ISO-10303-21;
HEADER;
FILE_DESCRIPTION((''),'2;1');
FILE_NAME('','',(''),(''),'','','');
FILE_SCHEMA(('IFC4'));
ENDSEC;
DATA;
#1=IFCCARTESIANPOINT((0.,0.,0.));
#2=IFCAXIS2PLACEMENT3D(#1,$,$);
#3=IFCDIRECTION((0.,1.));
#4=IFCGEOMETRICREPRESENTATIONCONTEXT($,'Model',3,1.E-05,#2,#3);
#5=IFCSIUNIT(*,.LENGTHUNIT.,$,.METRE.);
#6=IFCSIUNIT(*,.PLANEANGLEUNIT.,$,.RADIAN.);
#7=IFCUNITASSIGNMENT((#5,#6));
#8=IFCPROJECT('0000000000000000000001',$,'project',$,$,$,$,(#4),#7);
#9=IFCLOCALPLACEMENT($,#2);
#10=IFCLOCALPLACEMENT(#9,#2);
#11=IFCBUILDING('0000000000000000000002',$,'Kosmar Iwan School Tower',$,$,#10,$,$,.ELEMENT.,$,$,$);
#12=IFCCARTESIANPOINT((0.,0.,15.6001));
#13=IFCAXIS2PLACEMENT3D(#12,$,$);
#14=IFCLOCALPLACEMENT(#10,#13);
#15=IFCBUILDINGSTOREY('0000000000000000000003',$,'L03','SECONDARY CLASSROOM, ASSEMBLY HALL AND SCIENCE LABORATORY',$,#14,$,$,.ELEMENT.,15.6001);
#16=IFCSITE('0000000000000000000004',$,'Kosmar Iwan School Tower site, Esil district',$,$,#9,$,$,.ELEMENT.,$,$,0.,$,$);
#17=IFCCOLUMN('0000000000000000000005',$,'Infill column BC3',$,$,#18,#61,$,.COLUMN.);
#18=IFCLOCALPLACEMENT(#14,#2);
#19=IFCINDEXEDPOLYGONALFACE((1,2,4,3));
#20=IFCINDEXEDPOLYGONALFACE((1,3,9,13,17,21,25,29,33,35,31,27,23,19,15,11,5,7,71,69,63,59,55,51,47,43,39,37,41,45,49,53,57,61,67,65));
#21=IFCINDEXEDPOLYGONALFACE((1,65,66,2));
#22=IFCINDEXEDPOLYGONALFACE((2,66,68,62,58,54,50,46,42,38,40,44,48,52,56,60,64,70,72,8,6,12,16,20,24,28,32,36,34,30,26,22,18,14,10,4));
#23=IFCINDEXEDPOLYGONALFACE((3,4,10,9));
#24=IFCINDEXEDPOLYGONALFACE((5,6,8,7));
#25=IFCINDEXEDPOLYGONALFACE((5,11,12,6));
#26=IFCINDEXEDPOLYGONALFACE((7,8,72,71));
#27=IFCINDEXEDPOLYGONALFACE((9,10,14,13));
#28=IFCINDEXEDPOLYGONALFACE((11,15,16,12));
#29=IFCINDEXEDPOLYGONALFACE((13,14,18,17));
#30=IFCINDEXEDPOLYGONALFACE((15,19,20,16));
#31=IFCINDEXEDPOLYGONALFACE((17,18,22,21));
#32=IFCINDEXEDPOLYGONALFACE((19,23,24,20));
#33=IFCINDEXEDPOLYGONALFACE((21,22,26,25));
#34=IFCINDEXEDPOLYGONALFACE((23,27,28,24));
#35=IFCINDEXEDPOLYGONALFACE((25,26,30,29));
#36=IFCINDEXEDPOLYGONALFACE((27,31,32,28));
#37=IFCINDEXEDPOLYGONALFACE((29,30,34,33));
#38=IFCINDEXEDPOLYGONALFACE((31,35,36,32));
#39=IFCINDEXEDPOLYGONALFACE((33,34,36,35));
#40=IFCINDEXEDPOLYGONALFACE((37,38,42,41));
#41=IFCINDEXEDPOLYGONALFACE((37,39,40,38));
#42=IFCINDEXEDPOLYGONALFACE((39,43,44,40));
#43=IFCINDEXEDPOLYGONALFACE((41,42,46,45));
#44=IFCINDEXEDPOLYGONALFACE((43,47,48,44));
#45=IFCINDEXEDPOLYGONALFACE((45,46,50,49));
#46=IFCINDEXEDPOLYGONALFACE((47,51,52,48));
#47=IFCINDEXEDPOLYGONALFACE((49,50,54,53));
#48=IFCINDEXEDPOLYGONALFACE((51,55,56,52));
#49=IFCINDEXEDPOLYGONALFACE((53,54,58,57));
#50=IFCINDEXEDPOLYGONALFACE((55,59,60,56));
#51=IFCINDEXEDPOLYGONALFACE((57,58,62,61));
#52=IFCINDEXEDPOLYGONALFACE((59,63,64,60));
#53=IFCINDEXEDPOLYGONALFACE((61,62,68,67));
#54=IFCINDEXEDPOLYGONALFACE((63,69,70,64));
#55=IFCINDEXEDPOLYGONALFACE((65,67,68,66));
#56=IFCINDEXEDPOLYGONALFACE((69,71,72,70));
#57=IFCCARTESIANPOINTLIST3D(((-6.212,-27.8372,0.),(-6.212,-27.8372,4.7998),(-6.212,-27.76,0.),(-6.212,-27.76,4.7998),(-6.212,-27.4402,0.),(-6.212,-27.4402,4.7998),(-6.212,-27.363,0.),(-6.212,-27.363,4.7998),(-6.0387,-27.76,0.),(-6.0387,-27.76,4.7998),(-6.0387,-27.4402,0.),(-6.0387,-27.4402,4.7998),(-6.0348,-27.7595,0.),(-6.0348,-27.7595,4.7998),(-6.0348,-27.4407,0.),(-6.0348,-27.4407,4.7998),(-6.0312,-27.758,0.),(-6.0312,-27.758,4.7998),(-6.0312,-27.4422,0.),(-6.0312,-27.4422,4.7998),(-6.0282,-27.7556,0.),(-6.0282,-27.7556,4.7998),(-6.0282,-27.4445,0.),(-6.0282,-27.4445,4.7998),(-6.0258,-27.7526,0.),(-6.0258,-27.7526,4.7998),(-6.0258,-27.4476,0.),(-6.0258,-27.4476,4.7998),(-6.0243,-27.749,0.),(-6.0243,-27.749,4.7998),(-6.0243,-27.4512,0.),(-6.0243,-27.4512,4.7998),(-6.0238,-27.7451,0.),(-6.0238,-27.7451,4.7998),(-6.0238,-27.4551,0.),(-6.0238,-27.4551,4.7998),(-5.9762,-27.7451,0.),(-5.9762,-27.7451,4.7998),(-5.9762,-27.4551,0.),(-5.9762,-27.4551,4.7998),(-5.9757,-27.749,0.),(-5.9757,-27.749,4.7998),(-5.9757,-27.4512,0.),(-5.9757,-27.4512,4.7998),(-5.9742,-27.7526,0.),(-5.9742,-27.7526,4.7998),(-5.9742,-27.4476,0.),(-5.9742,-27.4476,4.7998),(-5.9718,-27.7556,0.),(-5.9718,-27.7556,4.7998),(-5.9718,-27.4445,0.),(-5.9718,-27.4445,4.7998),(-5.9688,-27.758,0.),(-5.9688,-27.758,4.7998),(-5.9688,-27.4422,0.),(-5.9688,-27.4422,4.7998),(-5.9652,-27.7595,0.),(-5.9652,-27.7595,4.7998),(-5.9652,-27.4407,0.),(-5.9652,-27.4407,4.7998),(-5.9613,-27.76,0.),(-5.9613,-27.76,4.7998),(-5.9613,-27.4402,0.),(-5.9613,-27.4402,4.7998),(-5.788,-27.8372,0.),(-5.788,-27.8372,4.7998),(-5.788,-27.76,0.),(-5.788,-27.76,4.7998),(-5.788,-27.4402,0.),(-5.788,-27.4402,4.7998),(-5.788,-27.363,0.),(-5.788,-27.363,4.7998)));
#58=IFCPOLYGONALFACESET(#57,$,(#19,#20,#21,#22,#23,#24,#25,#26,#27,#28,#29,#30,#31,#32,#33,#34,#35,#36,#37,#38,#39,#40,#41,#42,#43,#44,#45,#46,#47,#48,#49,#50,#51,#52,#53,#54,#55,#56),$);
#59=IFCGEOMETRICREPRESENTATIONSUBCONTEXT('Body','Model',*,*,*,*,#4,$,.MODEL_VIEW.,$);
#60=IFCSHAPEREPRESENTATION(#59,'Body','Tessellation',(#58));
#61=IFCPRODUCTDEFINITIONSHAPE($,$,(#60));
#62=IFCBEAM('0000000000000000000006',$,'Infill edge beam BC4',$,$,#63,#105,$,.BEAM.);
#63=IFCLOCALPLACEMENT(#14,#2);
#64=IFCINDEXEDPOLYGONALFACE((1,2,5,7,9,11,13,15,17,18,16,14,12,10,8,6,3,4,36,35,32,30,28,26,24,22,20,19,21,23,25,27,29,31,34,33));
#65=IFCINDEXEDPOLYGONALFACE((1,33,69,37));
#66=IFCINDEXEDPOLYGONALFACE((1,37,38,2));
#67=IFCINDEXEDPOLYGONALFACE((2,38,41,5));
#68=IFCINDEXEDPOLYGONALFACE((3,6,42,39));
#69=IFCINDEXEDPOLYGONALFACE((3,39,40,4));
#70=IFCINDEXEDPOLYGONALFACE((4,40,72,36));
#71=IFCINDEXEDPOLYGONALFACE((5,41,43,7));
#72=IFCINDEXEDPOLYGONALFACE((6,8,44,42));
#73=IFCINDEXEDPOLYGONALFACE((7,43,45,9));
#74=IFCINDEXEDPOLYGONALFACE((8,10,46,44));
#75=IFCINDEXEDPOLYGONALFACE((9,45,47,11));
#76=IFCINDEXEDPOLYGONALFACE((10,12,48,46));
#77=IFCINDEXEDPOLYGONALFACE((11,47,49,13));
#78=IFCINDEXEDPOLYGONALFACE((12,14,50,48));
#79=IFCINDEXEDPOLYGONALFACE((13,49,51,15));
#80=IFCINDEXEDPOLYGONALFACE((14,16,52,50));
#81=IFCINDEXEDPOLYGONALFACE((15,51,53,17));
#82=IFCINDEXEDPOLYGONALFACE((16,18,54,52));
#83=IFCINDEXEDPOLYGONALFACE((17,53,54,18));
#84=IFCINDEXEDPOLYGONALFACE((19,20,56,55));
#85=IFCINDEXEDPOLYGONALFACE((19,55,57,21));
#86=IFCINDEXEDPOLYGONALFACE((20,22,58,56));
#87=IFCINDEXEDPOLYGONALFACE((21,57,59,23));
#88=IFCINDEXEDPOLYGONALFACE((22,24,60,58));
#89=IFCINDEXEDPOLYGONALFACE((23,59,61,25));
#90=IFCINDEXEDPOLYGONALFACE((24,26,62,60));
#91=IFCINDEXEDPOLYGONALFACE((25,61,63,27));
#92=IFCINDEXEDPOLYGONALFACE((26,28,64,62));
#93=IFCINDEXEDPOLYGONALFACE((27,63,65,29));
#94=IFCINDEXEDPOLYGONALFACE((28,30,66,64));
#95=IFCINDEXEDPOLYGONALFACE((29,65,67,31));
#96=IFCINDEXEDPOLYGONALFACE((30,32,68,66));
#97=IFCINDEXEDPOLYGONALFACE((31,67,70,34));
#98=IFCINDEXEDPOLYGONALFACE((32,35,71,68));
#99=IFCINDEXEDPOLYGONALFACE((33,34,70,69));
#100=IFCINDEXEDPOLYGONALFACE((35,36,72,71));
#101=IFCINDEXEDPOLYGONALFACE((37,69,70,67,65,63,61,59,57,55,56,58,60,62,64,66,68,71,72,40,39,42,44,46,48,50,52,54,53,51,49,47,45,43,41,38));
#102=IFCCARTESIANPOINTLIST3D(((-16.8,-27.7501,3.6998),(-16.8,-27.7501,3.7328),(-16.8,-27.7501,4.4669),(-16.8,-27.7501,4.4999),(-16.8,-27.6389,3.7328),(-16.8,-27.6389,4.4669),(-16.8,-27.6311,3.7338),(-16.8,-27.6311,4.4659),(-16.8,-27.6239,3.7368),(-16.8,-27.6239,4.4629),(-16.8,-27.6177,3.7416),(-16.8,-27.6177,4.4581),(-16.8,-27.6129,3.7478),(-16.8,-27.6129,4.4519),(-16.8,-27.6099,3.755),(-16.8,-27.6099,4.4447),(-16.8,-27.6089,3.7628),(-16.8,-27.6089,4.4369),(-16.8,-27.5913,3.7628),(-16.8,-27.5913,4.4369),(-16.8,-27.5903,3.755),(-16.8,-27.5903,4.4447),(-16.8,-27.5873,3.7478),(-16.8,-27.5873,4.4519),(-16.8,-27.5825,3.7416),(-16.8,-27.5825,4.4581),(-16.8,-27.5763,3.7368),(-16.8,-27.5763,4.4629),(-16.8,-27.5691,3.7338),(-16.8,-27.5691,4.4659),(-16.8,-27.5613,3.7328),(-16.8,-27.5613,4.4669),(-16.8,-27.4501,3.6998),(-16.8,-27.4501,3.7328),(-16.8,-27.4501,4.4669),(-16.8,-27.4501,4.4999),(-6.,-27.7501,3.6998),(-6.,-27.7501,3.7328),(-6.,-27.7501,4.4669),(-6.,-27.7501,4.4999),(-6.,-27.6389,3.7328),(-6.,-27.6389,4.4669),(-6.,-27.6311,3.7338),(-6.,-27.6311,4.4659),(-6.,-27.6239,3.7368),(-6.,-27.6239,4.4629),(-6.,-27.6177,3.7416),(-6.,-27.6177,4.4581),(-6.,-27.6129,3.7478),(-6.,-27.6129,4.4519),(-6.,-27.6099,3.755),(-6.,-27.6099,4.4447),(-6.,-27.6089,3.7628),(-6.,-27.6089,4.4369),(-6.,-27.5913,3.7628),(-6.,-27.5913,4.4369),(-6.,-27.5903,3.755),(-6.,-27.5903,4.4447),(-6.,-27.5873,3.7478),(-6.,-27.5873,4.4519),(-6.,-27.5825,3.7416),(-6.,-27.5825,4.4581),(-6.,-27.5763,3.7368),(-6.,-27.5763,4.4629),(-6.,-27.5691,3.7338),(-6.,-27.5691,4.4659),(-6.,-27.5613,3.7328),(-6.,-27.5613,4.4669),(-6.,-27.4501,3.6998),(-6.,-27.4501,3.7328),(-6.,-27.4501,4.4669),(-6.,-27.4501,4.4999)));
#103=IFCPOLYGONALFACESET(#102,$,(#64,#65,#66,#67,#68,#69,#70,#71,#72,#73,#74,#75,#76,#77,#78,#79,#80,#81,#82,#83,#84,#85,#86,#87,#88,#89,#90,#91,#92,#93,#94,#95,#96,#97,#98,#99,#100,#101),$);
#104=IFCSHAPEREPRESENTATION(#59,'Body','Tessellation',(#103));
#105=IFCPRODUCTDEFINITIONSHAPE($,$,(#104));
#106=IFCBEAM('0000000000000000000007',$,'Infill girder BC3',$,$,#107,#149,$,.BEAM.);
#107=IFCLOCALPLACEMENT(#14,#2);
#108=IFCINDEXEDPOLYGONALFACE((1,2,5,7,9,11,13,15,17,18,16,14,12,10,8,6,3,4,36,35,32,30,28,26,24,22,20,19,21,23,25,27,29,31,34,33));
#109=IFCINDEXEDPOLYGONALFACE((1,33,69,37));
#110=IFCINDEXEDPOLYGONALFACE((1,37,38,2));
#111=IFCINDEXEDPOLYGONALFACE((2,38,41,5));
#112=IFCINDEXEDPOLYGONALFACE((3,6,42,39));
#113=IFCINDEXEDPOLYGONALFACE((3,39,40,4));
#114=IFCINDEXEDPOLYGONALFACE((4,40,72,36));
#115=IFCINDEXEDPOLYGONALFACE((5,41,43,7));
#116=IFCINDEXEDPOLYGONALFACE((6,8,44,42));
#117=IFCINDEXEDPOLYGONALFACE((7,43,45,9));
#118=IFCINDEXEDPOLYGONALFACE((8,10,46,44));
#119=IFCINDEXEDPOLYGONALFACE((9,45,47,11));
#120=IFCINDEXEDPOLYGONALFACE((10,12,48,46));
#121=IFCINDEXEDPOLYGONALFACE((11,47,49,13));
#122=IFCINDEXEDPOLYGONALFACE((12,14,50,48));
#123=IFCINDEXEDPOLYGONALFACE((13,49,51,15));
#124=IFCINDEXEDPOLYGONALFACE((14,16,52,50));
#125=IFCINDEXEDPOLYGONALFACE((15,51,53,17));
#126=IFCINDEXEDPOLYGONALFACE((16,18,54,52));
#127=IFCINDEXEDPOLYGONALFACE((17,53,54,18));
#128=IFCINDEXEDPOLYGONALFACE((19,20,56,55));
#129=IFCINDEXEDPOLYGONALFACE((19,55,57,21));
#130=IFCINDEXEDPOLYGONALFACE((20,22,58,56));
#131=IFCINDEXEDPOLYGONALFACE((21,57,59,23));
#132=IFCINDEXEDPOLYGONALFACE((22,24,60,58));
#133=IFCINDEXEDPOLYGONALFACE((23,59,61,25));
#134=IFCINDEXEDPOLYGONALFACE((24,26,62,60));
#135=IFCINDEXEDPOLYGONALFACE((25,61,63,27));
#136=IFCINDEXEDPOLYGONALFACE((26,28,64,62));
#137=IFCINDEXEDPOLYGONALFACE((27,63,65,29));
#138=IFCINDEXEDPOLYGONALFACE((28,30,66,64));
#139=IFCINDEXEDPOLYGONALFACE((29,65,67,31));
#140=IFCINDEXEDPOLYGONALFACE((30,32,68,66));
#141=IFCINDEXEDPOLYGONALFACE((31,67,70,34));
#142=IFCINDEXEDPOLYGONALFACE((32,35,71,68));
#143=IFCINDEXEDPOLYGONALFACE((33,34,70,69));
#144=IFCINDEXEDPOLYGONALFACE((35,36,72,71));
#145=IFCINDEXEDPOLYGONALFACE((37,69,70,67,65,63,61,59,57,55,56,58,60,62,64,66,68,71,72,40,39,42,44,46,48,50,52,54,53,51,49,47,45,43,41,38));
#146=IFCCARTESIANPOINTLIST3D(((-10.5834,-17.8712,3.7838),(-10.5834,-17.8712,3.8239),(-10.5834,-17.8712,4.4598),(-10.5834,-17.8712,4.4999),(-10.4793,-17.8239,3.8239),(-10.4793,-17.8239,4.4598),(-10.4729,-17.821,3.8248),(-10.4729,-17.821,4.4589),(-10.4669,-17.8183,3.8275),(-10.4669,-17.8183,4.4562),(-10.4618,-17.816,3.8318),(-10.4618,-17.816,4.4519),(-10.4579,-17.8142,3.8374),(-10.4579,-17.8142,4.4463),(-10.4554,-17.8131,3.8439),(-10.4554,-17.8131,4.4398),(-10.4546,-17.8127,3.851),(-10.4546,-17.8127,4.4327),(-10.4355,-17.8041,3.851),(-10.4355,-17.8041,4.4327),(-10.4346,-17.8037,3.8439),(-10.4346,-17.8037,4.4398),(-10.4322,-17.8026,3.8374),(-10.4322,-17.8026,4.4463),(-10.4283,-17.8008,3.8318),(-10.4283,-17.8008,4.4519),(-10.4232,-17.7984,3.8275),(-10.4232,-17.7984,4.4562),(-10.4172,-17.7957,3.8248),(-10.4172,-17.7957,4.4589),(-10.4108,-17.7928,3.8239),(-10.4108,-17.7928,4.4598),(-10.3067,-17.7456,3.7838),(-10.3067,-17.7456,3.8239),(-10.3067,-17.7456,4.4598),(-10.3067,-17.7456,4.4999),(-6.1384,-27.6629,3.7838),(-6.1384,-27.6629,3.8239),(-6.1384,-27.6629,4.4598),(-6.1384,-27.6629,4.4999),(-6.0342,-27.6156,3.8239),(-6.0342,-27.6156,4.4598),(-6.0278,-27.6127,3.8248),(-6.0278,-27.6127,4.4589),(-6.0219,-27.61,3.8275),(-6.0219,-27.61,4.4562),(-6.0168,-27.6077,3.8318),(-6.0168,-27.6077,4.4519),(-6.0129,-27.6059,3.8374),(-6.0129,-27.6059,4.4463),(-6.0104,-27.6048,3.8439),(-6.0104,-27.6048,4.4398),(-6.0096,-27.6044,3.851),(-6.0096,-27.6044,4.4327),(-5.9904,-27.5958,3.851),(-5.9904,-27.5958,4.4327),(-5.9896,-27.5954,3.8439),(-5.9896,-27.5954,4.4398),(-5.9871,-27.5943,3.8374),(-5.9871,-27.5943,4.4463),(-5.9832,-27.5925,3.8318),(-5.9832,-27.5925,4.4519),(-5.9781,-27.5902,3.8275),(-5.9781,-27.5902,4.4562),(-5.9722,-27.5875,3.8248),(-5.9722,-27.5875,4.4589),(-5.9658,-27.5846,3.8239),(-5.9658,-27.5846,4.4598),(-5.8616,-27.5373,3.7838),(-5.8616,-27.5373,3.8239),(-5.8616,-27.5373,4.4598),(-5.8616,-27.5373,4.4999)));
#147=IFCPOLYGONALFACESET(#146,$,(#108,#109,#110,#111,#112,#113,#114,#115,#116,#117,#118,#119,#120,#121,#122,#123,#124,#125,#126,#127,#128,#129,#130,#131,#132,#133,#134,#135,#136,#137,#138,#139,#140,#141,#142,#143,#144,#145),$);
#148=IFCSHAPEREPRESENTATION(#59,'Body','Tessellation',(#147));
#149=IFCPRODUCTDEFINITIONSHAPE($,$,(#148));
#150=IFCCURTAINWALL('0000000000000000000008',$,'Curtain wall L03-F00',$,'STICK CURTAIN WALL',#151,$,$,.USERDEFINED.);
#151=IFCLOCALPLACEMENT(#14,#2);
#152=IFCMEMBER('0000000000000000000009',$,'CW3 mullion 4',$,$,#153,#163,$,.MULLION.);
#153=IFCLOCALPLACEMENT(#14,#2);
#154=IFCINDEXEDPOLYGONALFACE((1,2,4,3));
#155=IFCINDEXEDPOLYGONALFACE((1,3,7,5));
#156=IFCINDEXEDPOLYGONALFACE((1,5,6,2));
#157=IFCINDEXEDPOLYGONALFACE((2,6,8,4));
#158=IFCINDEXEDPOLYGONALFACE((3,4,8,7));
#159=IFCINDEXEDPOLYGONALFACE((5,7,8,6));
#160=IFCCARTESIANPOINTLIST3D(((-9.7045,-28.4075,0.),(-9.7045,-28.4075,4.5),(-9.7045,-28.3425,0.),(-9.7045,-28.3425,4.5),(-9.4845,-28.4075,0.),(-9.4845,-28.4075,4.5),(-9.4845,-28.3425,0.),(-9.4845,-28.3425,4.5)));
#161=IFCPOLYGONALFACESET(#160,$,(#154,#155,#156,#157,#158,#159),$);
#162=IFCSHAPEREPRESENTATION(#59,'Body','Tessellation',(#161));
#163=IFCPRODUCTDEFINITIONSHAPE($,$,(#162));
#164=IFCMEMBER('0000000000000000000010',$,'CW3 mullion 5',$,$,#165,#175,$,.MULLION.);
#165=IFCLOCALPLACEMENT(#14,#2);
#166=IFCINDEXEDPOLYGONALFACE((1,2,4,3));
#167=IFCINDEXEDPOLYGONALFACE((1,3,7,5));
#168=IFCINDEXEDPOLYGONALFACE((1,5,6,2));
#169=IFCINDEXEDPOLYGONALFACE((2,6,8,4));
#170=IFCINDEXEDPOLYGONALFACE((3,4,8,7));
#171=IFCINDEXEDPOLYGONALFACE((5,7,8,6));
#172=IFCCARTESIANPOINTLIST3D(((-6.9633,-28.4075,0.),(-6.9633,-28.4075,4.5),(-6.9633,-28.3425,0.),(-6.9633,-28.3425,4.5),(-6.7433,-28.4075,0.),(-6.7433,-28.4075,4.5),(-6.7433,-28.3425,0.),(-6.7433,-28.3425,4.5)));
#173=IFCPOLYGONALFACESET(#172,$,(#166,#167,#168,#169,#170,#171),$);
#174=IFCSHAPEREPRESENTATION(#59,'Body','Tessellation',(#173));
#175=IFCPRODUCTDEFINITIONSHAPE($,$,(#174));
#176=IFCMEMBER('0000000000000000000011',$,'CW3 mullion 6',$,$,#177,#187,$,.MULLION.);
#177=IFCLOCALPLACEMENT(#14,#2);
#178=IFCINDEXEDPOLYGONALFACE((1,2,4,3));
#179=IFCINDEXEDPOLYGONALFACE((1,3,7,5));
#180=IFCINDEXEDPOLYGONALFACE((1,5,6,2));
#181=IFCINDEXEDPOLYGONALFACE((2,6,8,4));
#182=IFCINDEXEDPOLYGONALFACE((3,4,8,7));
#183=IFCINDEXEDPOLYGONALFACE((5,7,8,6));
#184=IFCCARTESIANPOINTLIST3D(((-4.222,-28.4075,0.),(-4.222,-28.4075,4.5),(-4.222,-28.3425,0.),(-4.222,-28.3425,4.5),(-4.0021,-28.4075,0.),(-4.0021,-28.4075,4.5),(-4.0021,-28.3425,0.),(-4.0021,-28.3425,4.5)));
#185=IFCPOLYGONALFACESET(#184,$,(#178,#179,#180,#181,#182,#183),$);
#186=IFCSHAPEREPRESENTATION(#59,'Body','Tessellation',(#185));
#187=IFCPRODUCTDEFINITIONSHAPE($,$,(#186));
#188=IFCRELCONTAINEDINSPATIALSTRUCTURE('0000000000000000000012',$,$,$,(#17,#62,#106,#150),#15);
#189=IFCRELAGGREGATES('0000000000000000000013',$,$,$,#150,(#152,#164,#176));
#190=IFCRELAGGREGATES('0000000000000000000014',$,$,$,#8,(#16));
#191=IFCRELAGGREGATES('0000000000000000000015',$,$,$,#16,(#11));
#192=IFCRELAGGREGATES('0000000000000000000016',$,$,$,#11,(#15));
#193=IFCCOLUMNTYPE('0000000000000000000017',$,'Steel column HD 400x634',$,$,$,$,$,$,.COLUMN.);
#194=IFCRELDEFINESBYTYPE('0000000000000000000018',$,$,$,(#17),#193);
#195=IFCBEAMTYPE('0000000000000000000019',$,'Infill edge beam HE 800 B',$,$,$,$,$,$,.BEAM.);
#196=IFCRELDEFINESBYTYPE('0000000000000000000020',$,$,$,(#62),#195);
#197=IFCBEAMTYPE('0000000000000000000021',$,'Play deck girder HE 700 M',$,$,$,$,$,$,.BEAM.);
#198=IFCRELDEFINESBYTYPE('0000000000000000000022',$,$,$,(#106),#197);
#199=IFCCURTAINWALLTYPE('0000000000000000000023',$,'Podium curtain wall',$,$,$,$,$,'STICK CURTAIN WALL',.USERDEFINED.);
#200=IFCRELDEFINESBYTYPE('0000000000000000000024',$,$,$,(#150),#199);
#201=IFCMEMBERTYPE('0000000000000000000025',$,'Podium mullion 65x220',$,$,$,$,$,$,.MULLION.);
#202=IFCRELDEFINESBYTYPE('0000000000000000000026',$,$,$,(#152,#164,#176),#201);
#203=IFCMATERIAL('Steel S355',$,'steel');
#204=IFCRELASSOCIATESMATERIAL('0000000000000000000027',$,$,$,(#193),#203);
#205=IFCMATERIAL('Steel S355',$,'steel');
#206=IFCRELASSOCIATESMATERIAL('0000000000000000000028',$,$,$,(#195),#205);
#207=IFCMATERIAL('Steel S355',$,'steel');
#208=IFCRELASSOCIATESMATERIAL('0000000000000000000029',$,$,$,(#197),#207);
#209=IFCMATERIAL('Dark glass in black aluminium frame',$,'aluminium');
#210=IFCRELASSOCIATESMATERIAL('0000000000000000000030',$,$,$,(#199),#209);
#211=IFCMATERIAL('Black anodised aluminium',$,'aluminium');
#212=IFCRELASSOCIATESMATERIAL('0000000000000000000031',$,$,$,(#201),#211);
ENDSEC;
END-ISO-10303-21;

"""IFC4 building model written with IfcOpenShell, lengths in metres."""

from ifc_helpers import new_model, si_unit, direction, frame, origin, origin_2d, place, context, subcontext, project, spatial, rectangle, i_section, extrude, material, material_profile, profile_set, type_object, element, aggregate, save


model = new_model("IFC4")

# Units and contexts
model_context = context("Model", 3, precision=1e-05, world=origin(), true_north=direction((0.0, 1.0)))
body_context = subcontext(model_context, "Body", "Model", "MODEL_VIEW")
ifc_project = project(units=[si_unit("LENGTHUNIT", "METRE"), si_unit("PLANEANGLEUNIT", "RADIAN")], contexts=[model_context])

# Site, building, storey
site_placement = place(None, origin())
site = spatial("IfcSite", under=ifc_project, at=site_placement, Name="Kosmar Iwan School Tower site, Esil district", CompositionType="ELEMENT", RefElevation=0.0)
building_placement = place(site_placement, origin())
building = spatial("IfcBuilding", under=site, at=building_placement, Name="Kosmar Iwan School Tower", CompositionType="ELEMENT")
storey_placement = place(building_placement, frame((0.0, 0.0, 15.6001)))
storey = spatial("IfcBuildingStorey", under=building, at=storey_placement, Name="L03", Description="SECONDARY CLASSROOM, ASSEMBLY HALL AND SCIENCE LABORATORY", CompositionType="ELEMENT", Elevation=15.6001)

# Column
ifc_material_1 = material(Name="Steel S355", Category="steel")
ifc_material_profile_1 = material_profile(ifc_material_1, i_section(OverallWidth=0.4241, OverallDepth=0.4741, WebThickness=0.0476, FlangeThickness=0.0771, FilletRadius=0.0149, at=origin_2d()), Name="HD 400x634")
ifc_profile_set_1 = profile_set([ifc_material_profile_1], Name="Steel S355")
column_type = type_object("IfcColumnType", Name="Steel column HD 400x634", PredefinedType="COLUMN", material=ifc_profile_set_1)
column_placement = place(storey_placement, frame((-6.0, -27.6001, 0.0), z_axis=(0.0, 0.0, 1.0), x_axis=(1.0, 0.0, 0.0)))
element("IfcColumn", 1, at=column_placement, inside=storey, type_object=column_type, Name="Infill column BC3", PredefinedType="COLUMN", context=body_context, shape_type="SweptSolid", body=[
    extrude(i_section(OverallWidth=0.4241, OverallDepth=0.4741, WebThickness=0.0476, FlangeThickness=0.0771, FilletRadius=0.0149, at=origin_2d()), origin(), (0.0, 0.0, 1.0), 4.7998),
])

# Beams
ifc_material_2 = material(Name="Steel S355", Category="steel")
ifc_material_profile_2 = material_profile(ifc_material_2, i_section(OverallWidth=0.3, OverallDepth=0.8, WebThickness=0.0176, FlangeThickness=0.033, FilletRadius=0.03, at=origin_2d()), Name="HE 800 B")
ifc_profile_set_2 = profile_set([ifc_material_profile_2], Name="Steel S355")
beam_type_1 = type_object("IfcBeamType", Name="Infill edge beam HE 800 B", PredefinedType="BEAM", material=ifc_profile_set_2)
beam_1_placement = place(storey_placement, frame((-6.0, -27.6001, 4.0999), z_axis=(-1.0, 0.0, 0.0), x_axis=(0.0, -1.0, 0.0)))
element("IfcBeam", 2, at=beam_1_placement, inside=storey, type_object=beam_type_1, Name="Infill edge beam BC4", PredefinedType="BEAM", context=body_context, shape_type="SweptSolid", body=[
    extrude(i_section(OverallWidth=0.3, OverallDepth=0.8, WebThickness=0.0176, FlangeThickness=0.033, FilletRadius=0.03, at=origin_2d()), origin(), (0.0, 0.0, 1.0), 10.8),
])
ifc_material_3 = material(Name="Steel S355", Category="steel")
ifc_material_profile_3 = material_profile(ifc_material_3, i_section(OverallWidth=0.304, OverallDepth=0.7161, WebThickness=0.021, FlangeThickness=0.04, FilletRadius=0.0271, at=origin_2d()), Name="HE 700 M")
ifc_profile_set_3 = profile_set([ifc_material_profile_3], Name="Steel S355")
beam_type_2 = type_object("IfcBeamType", Name="Play deck girder HE 700 M", PredefinedType="BEAM", material=ifc_profile_set_3)
beam_2_placement = place(storey_placement, frame((-6.0, -27.6001, 4.1418), z_axis=(-0.413362, 0.910567, 0.0), x_axis=(-0.910567, -0.413362, 0.0)))
element("IfcBeam", 3, at=beam_2_placement, inside=storey, type_object=beam_type_2, Name="Infill girder BC3", PredefinedType="BEAM", context=body_context, shape_type="SweptSolid", body=[
    extrude(i_section(OverallWidth=0.304, OverallDepth=0.7161, WebThickness=0.021, FlangeThickness=0.04, FilletRadius=0.0271, at=origin_2d()), origin(), (0.0, 0.0, 1.0), 10.7534),
])

# Curtain wall, members
ifc_material_4 = material(Name="Dark glass in black aluminium frame", Category="aluminium")
curtain_wall_type = type_object("IfcCurtainWallType", Name="Podium curtain wall", ElementType="STICK CURTAIN WALL", PredefinedType="USERDEFINED", material=ifc_material_4)
curtain_wall_placement = place(storey_placement, origin())
curtain_wall = element("IfcCurtainWall", 4, at=curtain_wall_placement, inside=storey, type_object=curtain_wall_type, Name="Curtain wall L03-F00", ObjectType="STICK CURTAIN WALL", PredefinedType="USERDEFINED")
ifc_material_5 = material(Name="Black anodised aluminium", Category="aluminium")
ifc_material_profile_4 = material_profile(ifc_material_5, rectangle(XDim=0.0649, YDim=0.22, at=origin_2d()), Name="MULLION 65x220")
ifc_profile_set_4 = profile_set([ifc_material_profile_4], Name="Black anodised aluminium")
member_type_1 = type_object("IfcMemberType", Name="Podium mullion 65x220", PredefinedType="MULLION", material=ifc_profile_set_4)
member_1_placement = place(storey_placement, frame((-9.5945, -28.375, 0.0), z_axis=(0.0, 0.0, 1.0), x_axis=(0.0, 1.0, 0.0)))
member_1 = element("IfcMember", 5, at=member_1_placement, type_object=member_type_1, Name="CW3 mullion 4", PredefinedType="MULLION", context=body_context, shape_type="SweptSolid", body=[
    extrude(rectangle(XDim=0.0649, YDim=0.22, at=origin_2d()), origin(), (0.0, 0.0, 1.0), 4.5),
])
member_2_placement = place(storey_placement, frame((-6.8533, -28.375, 0.0), z_axis=(0.0, 0.0, 1.0), x_axis=(0.0, 1.0, 0.0)))
member_2 = element("IfcMember", 6, at=member_2_placement, type_object=member_type_1, Name="CW3 mullion 5", PredefinedType="MULLION", context=body_context, shape_type="SweptSolid", body=[
    extrude(rectangle(XDim=0.0649, YDim=0.22, at=origin_2d()), origin(), (0.0, 0.0, 1.0), 4.5),
])
member_3_placement = place(storey_placement, frame((-4.1121, -28.375, 0.0), z_axis=(0.0, 0.0, 1.0), x_axis=(0.0, 1.0, 0.0)))
member_3 = element("IfcMember", 7, at=member_3_placement, type_object=member_type_1, Name="CW3 mullion 6", PredefinedType="MULLION", context=body_context, shape_type="SweptSolid", body=[
    extrude(rectangle(XDim=0.0649, YDim=0.22, at=origin_2d()), origin(), (0.0, 0.0, 1.0), 4.5),
])
aggregate(curtain_wall, [member_1, member_2, member_3])

save(model, "model.ifc")
